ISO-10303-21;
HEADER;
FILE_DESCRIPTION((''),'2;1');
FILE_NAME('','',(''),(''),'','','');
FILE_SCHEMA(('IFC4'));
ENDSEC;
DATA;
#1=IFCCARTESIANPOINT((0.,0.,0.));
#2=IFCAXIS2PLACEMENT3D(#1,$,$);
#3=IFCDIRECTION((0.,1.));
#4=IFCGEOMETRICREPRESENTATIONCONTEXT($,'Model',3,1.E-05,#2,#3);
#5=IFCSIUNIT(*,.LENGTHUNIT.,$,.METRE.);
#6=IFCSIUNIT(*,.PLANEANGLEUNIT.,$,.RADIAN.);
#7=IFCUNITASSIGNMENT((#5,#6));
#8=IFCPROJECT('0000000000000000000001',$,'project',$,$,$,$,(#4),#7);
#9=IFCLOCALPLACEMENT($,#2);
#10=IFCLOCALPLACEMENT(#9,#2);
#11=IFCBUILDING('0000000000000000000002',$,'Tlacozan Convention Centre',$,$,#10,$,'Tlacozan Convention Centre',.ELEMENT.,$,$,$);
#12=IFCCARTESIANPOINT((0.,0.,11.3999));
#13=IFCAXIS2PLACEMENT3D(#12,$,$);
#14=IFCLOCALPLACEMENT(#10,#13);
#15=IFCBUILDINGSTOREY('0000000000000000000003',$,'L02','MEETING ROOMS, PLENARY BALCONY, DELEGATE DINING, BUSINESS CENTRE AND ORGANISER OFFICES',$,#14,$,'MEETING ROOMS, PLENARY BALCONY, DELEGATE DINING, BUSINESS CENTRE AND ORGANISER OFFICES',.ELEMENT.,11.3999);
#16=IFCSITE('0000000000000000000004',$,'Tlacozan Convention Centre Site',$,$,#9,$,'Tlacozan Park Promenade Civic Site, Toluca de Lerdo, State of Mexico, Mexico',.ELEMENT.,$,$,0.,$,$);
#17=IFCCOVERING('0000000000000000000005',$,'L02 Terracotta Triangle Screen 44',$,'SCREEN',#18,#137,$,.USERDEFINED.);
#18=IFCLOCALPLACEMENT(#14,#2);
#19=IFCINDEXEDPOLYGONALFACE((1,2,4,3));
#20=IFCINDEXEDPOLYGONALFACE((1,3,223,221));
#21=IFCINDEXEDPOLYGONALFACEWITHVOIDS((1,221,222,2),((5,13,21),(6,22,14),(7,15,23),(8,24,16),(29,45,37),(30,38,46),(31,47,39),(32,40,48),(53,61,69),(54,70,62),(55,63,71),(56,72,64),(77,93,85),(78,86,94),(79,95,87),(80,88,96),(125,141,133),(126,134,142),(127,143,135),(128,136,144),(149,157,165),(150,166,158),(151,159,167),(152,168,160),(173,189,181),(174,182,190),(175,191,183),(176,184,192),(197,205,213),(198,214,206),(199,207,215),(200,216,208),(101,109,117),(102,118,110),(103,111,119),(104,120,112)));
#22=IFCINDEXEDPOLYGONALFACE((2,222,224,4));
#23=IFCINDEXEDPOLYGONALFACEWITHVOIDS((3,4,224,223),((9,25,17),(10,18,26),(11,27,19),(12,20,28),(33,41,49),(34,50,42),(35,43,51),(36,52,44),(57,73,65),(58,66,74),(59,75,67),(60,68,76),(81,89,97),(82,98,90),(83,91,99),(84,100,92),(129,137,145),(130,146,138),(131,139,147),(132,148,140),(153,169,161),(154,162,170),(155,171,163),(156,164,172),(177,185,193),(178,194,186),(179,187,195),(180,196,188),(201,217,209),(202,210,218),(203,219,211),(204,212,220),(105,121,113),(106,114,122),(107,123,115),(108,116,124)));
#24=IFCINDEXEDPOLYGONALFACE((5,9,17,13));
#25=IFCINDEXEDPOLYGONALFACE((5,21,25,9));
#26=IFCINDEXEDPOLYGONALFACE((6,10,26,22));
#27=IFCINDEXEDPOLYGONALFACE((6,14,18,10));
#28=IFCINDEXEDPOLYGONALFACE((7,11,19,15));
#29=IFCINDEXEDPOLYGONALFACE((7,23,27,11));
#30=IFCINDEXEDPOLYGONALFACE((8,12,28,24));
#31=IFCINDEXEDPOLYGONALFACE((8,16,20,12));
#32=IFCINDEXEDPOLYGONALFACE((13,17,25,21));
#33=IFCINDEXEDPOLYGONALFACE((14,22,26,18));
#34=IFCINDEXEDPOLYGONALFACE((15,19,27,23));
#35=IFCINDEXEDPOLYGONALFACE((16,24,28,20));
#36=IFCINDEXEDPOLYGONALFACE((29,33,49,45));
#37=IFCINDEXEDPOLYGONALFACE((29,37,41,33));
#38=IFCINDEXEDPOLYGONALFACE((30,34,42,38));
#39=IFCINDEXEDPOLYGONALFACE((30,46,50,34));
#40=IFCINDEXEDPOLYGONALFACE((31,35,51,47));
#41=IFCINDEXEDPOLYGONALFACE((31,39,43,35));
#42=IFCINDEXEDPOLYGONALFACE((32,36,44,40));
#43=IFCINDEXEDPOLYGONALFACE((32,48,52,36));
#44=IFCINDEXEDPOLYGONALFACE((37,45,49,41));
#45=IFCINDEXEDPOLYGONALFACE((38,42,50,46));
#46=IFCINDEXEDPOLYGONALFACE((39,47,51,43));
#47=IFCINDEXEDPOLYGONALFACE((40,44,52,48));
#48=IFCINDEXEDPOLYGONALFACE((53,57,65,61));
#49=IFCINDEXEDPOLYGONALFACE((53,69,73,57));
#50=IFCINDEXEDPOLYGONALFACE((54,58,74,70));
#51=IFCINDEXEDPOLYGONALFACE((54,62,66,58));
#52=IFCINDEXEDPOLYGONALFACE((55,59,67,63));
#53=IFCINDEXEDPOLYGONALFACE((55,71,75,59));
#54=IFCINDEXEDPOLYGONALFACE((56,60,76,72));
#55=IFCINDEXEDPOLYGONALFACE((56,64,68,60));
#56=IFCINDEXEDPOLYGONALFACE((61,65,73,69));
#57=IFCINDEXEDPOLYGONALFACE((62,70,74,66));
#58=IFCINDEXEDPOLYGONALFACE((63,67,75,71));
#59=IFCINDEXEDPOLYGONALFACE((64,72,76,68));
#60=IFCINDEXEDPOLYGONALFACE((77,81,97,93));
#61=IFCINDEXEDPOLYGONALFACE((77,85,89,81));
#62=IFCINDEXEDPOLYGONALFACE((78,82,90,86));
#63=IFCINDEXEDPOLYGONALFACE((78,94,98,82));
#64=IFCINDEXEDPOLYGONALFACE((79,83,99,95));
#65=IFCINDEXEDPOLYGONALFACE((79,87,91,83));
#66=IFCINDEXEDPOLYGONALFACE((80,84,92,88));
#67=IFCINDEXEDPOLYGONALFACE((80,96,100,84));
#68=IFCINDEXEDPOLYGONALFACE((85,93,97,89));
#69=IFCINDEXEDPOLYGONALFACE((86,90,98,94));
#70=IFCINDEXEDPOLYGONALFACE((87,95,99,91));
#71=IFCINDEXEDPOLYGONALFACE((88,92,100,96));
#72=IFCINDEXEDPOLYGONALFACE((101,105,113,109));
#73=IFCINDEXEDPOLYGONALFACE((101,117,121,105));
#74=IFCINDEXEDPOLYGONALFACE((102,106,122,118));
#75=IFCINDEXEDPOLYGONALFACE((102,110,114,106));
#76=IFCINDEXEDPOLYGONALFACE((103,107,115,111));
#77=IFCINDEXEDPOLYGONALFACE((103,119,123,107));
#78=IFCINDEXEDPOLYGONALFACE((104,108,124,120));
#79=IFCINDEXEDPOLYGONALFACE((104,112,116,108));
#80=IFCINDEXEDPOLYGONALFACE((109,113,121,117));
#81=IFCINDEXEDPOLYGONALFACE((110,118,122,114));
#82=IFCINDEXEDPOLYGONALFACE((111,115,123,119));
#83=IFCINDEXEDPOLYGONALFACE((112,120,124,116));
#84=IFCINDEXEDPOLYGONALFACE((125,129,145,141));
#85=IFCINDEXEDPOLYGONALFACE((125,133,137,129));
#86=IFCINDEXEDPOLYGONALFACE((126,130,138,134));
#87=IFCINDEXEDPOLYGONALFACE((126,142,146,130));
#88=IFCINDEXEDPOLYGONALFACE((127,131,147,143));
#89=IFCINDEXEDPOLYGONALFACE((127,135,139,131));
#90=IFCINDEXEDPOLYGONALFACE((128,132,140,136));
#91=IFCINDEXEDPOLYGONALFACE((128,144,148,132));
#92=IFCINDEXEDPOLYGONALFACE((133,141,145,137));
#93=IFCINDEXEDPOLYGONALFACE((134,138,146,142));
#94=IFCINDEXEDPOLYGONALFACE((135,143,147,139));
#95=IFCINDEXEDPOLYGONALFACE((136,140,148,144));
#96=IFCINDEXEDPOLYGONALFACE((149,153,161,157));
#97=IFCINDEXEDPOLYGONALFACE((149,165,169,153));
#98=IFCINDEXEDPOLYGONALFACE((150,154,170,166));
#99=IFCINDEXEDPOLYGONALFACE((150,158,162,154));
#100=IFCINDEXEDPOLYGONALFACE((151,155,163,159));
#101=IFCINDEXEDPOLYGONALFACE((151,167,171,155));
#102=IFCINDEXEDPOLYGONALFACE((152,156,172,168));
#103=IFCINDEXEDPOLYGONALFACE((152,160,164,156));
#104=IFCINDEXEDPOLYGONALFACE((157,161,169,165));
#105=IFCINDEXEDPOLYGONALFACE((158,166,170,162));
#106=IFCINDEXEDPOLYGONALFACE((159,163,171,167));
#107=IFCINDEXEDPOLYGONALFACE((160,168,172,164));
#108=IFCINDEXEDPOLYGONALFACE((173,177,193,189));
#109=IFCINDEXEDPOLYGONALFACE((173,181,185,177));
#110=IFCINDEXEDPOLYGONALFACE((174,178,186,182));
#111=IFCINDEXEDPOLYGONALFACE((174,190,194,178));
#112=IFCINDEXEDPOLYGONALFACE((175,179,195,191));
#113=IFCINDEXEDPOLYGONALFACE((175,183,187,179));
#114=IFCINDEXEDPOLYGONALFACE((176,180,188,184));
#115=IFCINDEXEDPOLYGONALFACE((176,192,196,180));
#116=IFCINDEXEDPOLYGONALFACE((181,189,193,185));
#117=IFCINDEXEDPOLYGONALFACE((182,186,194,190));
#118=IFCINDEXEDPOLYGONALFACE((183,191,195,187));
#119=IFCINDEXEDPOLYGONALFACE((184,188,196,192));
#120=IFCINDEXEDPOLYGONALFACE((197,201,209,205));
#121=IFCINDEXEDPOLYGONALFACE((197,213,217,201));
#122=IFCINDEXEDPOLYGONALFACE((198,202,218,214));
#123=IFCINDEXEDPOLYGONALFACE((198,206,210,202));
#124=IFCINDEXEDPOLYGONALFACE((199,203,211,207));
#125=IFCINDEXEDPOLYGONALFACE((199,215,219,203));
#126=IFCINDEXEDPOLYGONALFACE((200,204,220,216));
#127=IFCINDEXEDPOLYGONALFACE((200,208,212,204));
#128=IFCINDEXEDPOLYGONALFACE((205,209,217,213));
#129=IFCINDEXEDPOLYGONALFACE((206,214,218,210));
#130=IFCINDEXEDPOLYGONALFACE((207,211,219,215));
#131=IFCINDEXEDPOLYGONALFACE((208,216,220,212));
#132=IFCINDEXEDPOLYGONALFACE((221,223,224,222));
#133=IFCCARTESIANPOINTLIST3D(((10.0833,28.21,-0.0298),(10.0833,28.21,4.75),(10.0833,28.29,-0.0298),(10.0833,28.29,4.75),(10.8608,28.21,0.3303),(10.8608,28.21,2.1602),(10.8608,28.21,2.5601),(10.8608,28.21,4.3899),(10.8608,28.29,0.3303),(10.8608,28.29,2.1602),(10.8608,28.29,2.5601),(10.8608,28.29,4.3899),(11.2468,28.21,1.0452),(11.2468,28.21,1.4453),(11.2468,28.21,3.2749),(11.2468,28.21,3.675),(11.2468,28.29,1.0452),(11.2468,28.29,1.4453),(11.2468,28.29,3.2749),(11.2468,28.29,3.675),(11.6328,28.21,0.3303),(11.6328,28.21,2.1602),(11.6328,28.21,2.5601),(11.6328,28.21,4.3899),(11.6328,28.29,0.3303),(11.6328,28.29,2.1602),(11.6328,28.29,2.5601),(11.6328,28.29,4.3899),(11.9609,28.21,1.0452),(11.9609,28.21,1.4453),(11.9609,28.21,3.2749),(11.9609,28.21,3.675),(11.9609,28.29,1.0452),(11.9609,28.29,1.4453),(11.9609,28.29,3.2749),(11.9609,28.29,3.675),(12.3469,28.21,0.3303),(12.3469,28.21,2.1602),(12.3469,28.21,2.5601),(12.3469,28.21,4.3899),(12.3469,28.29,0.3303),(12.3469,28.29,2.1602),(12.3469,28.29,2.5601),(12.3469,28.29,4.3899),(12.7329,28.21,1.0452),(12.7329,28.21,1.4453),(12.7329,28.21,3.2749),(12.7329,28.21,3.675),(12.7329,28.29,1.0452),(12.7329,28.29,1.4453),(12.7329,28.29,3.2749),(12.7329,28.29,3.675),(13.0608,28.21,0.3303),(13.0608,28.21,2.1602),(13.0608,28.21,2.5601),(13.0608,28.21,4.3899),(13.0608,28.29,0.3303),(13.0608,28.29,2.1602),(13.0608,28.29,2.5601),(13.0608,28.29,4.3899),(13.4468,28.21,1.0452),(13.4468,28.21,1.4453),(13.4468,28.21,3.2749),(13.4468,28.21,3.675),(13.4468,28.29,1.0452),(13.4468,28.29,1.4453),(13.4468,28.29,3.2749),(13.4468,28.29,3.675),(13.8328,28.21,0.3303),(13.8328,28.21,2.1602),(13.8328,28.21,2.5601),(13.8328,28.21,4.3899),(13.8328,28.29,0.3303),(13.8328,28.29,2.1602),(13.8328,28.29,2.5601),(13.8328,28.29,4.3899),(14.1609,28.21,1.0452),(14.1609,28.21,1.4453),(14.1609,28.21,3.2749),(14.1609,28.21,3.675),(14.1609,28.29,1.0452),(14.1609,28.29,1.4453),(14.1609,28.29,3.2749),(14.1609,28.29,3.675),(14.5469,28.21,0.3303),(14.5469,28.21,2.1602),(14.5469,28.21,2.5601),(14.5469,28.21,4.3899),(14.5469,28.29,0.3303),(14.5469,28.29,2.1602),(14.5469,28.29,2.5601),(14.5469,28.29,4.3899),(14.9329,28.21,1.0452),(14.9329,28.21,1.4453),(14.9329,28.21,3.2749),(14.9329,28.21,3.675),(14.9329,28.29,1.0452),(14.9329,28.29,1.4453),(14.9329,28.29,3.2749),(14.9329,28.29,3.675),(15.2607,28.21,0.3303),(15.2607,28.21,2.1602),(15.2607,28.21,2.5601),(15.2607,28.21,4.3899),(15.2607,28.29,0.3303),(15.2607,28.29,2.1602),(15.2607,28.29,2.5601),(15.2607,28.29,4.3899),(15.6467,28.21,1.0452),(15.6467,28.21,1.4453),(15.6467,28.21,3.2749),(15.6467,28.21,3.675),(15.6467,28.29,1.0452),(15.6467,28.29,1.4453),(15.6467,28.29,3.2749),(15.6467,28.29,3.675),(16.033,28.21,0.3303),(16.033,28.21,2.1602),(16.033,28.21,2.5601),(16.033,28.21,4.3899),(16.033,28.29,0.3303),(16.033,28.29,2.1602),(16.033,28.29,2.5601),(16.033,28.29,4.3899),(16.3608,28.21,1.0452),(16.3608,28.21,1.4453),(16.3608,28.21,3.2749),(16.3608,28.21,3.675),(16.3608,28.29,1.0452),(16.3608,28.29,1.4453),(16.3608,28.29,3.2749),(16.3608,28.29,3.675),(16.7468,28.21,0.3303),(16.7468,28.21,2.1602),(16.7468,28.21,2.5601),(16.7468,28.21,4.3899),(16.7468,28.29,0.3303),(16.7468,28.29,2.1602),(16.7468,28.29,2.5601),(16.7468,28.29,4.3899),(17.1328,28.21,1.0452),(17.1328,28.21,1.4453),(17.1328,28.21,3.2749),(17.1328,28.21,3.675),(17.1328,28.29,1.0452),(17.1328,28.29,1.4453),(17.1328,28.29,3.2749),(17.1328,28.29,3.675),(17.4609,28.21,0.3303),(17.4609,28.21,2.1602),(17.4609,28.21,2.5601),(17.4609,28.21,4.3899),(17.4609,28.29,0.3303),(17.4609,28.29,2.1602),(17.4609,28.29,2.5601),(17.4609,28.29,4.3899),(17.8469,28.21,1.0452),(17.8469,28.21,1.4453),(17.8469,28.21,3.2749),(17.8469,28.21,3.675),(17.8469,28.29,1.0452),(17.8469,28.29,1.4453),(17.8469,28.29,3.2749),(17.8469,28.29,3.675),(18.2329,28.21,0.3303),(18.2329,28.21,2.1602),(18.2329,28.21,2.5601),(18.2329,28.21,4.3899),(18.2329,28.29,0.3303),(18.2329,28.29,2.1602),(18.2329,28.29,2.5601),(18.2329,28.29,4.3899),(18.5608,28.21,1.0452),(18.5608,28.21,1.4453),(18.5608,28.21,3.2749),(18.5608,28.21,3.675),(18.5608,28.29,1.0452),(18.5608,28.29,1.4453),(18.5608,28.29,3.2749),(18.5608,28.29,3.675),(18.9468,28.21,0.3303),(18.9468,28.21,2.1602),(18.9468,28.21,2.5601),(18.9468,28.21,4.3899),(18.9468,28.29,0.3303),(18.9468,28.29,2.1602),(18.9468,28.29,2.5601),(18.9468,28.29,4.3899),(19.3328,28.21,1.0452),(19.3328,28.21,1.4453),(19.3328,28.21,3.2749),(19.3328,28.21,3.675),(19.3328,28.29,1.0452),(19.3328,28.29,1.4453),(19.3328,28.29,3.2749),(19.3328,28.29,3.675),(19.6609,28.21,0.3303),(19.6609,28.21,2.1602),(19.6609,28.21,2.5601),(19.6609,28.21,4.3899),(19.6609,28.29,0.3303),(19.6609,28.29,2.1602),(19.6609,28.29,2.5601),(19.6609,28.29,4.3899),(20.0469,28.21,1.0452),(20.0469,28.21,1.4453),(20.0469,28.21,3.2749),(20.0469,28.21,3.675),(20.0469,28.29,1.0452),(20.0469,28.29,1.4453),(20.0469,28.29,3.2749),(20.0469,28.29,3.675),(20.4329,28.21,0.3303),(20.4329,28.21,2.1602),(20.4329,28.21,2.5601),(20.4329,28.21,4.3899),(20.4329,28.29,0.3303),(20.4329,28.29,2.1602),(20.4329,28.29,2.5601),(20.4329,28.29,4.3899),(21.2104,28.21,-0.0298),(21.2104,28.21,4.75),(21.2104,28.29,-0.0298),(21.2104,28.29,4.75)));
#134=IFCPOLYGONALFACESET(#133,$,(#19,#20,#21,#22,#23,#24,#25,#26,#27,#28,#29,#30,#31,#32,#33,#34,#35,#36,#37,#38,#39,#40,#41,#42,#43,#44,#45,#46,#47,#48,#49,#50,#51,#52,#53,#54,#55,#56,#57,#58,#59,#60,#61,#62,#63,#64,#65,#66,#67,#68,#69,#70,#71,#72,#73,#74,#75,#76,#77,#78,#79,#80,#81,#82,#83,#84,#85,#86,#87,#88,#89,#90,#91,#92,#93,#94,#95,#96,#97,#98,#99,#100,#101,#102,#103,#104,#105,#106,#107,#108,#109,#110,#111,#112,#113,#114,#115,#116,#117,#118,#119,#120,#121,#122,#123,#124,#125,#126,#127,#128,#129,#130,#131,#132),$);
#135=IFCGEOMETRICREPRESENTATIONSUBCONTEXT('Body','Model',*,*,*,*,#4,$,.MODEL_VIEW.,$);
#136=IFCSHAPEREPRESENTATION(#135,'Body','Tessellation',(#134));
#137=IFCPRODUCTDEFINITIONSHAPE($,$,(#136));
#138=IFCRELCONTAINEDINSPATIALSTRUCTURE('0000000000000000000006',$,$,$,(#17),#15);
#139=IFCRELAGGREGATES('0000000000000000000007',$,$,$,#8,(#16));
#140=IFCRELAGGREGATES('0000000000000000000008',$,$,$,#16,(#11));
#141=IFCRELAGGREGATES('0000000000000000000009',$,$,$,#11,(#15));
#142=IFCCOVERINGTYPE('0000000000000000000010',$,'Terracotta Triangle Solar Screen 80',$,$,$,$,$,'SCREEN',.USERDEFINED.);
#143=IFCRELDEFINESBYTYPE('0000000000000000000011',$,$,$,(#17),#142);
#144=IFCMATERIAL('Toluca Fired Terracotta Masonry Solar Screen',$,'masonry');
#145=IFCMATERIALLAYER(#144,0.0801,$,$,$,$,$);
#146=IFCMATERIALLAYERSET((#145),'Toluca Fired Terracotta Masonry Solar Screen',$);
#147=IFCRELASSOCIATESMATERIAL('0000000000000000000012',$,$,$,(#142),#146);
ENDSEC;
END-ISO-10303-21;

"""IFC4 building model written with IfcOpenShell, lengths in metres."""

from ifc_helpers import new_model, si_unit, direction, frame, origin, place, context, subcontext, project, spatial, polyline, outline, extrude, material, layer, layer_set, type_object, element, save


model = new_model("IFC4")

# Units and contexts
model_context = context("Model", 3, precision=1e-05, world=origin(), true_north=direction((0.0, 1.0)))
body_context = subcontext(model_context, "Body", "Model", "MODEL_VIEW")
ifc_project = project(units=[si_unit("LENGTHUNIT", "METRE"), si_unit("PLANEANGLEUNIT", "RADIAN")], contexts=[model_context])

# Site, building, storey
site_placement = place(None, origin())
site = spatial("IfcSite", under=ifc_project, at=site_placement, Name="Tlacozan Convention Centre Site", LongName="Tlacozan Park Promenade Civic Site, Toluca de Lerdo, State of Mexico, Mexico", CompositionType="ELEMENT", RefElevation=0.0)
building_placement = place(site_placement, origin())
building = spatial("IfcBuilding", under=site, at=building_placement, Name="Tlacozan Convention Centre", LongName="Tlacozan Convention Centre", CompositionType="ELEMENT")
storey_placement = place(building_placement, frame((0.0, 0.0, 11.3999)))
storey = spatial("IfcBuildingStorey", under=building, at=storey_placement, Name="L02", Description="MEETING ROOMS, PLENARY BALCONY, DELEGATE DINING, BUSINESS CENTRE AND ORGANISER OFFICES", LongName="MEETING ROOMS, PLENARY BALCONY, DELEGATE DINING, BUSINESS CENTRE AND ORGANISER OFFICES", CompositionType="ELEMENT", Elevation=11.3999)

# Covering
ifc_material_1 = material(Name="Toluca Fired Terracotta Masonry Solar Screen", Category="masonry")
ifc_layer_1 = layer(ifc_material_1, 0.0801)
ifc_layer_set_1 = layer_set([ifc_layer_1], Name="Toluca Fired Terracotta Masonry Solar Screen")
covering_type = type_object("IfcCoveringType", Name="Terracotta Triangle Solar Screen 80", ElementType="SCREEN", PredefinedType="USERDEFINED", material=ifc_layer_set_1)
covering_1_placement = place(storey_placement, frame((10.0833, 28.25, -0.0298), z_axis=(0.0, 0.0, 1.0), x_axis=(1.0, 0.0, 0.0)))
element("IfcCovering", 1, at=covering_1_placement, inside=storey, type_object=covering_type, Name="L02 Terracotta Triangle Screen 44", ObjectType="SCREEN", PredefinedType="USERDEFINED", context=body_context, shape_type="SweptSolid", body=[
    extrude(outline(polyline([(0.0, 0.0), (11.1272, 0.0), (11.1272, 4.7798), (0.0, 4.7798), (0.0, 0.0)]), holes=[polyline([(0.7776, 0.3601), (1.5496, 0.3601), (1.1636, 1.075), (0.7776, 0.3601)]), polyline([(1.8777, 1.075), (2.6497, 1.075), (2.2637, 0.3601), (1.8777, 1.075)]), polyline([(2.9775, 0.3601), (3.7495, 0.3601), (3.3635, 1.075), (2.9775, 0.3601)]), polyline([(4.0776, 1.075), (4.8496, 1.075), (4.4636, 0.3601), (4.0776, 1.075)]), polyline([(5.1775, 0.3601), (5.9497, 0.3601), (5.5635, 1.075), (5.1775, 0.3601)]), polyline([(6.2776, 1.075), (7.0496, 1.075), (6.6636, 0.3601), (6.2776, 1.075)]), polyline([(7.3777, 0.3601), (8.1497, 0.3601), (7.7637, 1.075), (7.3777, 0.3601)]), polyline([(8.4775, 1.075), (9.2495, 1.075), (8.8635, 0.3601), (8.4775, 1.075)]), polyline([(9.5776, 0.3601), (10.3496, 0.3601), (9.9636, 1.075), (9.5776, 0.3601)]), polyline([(0.7776, 2.1899), (1.5496, 2.1899), (1.1636, 1.4751), (0.7776, 2.1899)]), polyline([(1.8777, 1.4751), (2.6497, 1.4751), (2.2637, 2.1899), (1.8777, 1.4751)]), polyline([(2.9775, 2.1899), (3.7495, 2.1899), (3.3635, 1.4751), (2.9775, 2.1899)]), polyline([(4.0776, 1.4751), (4.8496, 1.4751), (4.4636, 2.1899), (4.0776, 1.4751)]), polyline([(5.1775, 2.1899), (5.9497, 2.1899), (5.5635, 1.4751), (5.1775, 2.1899)]), polyline([(6.2776, 1.4751), (7.0496, 1.4751), (6.6636, 2.1899), (6.2776, 1.4751)]), polyline([(7.3777, 2.1899), (8.1497, 2.1899), (7.7637, 1.4751), (7.3777, 2.1899)]), polyline([(8.4775, 1.4751), (9.2495, 1.4751), (8.8635, 2.1899), (8.4775, 1.4751)]), polyline([(9.5776, 2.1899), (10.3496, 2.1899), (9.9636, 1.4751), (9.5776, 2.1899)]), polyline([(0.7776, 2.5898), (1.5496, 2.5898), (1.1636, 3.3047), (0.7776, 2.5898)]), polyline([(1.8777, 3.3047), (2.6497, 3.3047), (2.2637, 2.5898), (1.8777, 3.3047)]), polyline([(2.9775, 2.5898), (3.7495, 2.5898), (3.3635, 3.3047), (2.9775, 2.5898)]), polyline([(4.0776, 3.3047), (4.8496, 3.3047), (4.4636, 2.5898), (4.0776, 3.3047)]), polyline([(5.1775, 2.5898), (5.9497, 2.5898), (5.5635, 3.3047), (5.1775, 2.5898)]), polyline([(6.2776, 3.3047), (7.0496, 3.3047), (6.6636, 2.5898), (6.2776, 3.3047)]), polyline([(7.3777, 2.5898), (8.1497, 2.5898), (7.7637, 3.3047), (7.3777, 2.5898)]), polyline([(8.4775, 3.3047), (9.2495, 3.3047), (8.8635, 2.5898), (8.4775, 3.3047)]), polyline([(9.5776, 2.5898), (10.3496, 2.5898), (9.9636, 3.3047), (9.5776, 2.5898)]), polyline([(0.7776, 4.4197), (1.5496, 4.4197), (1.1636, 3.7048), (0.7776, 4.4197)]), polyline([(1.8777, 3.7048), (2.6497, 3.7048), (2.2637, 4.4197), (1.8777, 3.7048)]), polyline([(2.9775, 4.4197), (3.7495, 4.4197), (3.3635, 3.7048), (2.9775, 4.4197)]), polyline([(4.0776, 3.7048), (4.8496, 3.7048), (4.4636, 4.4197), (4.0776, 3.7048)]), polyline([(5.1775, 4.4197), (5.9497, 4.4197), (5.5635, 3.7048), (5.1775, 4.4197)]), polyline([(6.2776, 3.7048), (7.0496, 3.7048), (6.6636, 4.4197), (6.2776, 3.7048)]), polyline([(7.3777, 4.4197), (8.1497, 4.4197), (7.7637, 3.7048), (7.3777, 4.4197)]), polyline([(8.4775, 3.7048), (9.2495, 3.7048), (8.8635, 4.4197), (8.4775, 3.7048)]), polyline([(9.5776, 4.4197), (10.3496, 4.4197), (9.9636, 3.7048), (9.5776, 4.4197)])]), frame((0.0, 0.04, 0.0), z_axis=(0.0, -1.0, 0.0), x_axis=(1.0, 0.0, 0.0)), (0.0, 0.0, 1.0), 0.0801),
])

save(model, "model.ifc")
